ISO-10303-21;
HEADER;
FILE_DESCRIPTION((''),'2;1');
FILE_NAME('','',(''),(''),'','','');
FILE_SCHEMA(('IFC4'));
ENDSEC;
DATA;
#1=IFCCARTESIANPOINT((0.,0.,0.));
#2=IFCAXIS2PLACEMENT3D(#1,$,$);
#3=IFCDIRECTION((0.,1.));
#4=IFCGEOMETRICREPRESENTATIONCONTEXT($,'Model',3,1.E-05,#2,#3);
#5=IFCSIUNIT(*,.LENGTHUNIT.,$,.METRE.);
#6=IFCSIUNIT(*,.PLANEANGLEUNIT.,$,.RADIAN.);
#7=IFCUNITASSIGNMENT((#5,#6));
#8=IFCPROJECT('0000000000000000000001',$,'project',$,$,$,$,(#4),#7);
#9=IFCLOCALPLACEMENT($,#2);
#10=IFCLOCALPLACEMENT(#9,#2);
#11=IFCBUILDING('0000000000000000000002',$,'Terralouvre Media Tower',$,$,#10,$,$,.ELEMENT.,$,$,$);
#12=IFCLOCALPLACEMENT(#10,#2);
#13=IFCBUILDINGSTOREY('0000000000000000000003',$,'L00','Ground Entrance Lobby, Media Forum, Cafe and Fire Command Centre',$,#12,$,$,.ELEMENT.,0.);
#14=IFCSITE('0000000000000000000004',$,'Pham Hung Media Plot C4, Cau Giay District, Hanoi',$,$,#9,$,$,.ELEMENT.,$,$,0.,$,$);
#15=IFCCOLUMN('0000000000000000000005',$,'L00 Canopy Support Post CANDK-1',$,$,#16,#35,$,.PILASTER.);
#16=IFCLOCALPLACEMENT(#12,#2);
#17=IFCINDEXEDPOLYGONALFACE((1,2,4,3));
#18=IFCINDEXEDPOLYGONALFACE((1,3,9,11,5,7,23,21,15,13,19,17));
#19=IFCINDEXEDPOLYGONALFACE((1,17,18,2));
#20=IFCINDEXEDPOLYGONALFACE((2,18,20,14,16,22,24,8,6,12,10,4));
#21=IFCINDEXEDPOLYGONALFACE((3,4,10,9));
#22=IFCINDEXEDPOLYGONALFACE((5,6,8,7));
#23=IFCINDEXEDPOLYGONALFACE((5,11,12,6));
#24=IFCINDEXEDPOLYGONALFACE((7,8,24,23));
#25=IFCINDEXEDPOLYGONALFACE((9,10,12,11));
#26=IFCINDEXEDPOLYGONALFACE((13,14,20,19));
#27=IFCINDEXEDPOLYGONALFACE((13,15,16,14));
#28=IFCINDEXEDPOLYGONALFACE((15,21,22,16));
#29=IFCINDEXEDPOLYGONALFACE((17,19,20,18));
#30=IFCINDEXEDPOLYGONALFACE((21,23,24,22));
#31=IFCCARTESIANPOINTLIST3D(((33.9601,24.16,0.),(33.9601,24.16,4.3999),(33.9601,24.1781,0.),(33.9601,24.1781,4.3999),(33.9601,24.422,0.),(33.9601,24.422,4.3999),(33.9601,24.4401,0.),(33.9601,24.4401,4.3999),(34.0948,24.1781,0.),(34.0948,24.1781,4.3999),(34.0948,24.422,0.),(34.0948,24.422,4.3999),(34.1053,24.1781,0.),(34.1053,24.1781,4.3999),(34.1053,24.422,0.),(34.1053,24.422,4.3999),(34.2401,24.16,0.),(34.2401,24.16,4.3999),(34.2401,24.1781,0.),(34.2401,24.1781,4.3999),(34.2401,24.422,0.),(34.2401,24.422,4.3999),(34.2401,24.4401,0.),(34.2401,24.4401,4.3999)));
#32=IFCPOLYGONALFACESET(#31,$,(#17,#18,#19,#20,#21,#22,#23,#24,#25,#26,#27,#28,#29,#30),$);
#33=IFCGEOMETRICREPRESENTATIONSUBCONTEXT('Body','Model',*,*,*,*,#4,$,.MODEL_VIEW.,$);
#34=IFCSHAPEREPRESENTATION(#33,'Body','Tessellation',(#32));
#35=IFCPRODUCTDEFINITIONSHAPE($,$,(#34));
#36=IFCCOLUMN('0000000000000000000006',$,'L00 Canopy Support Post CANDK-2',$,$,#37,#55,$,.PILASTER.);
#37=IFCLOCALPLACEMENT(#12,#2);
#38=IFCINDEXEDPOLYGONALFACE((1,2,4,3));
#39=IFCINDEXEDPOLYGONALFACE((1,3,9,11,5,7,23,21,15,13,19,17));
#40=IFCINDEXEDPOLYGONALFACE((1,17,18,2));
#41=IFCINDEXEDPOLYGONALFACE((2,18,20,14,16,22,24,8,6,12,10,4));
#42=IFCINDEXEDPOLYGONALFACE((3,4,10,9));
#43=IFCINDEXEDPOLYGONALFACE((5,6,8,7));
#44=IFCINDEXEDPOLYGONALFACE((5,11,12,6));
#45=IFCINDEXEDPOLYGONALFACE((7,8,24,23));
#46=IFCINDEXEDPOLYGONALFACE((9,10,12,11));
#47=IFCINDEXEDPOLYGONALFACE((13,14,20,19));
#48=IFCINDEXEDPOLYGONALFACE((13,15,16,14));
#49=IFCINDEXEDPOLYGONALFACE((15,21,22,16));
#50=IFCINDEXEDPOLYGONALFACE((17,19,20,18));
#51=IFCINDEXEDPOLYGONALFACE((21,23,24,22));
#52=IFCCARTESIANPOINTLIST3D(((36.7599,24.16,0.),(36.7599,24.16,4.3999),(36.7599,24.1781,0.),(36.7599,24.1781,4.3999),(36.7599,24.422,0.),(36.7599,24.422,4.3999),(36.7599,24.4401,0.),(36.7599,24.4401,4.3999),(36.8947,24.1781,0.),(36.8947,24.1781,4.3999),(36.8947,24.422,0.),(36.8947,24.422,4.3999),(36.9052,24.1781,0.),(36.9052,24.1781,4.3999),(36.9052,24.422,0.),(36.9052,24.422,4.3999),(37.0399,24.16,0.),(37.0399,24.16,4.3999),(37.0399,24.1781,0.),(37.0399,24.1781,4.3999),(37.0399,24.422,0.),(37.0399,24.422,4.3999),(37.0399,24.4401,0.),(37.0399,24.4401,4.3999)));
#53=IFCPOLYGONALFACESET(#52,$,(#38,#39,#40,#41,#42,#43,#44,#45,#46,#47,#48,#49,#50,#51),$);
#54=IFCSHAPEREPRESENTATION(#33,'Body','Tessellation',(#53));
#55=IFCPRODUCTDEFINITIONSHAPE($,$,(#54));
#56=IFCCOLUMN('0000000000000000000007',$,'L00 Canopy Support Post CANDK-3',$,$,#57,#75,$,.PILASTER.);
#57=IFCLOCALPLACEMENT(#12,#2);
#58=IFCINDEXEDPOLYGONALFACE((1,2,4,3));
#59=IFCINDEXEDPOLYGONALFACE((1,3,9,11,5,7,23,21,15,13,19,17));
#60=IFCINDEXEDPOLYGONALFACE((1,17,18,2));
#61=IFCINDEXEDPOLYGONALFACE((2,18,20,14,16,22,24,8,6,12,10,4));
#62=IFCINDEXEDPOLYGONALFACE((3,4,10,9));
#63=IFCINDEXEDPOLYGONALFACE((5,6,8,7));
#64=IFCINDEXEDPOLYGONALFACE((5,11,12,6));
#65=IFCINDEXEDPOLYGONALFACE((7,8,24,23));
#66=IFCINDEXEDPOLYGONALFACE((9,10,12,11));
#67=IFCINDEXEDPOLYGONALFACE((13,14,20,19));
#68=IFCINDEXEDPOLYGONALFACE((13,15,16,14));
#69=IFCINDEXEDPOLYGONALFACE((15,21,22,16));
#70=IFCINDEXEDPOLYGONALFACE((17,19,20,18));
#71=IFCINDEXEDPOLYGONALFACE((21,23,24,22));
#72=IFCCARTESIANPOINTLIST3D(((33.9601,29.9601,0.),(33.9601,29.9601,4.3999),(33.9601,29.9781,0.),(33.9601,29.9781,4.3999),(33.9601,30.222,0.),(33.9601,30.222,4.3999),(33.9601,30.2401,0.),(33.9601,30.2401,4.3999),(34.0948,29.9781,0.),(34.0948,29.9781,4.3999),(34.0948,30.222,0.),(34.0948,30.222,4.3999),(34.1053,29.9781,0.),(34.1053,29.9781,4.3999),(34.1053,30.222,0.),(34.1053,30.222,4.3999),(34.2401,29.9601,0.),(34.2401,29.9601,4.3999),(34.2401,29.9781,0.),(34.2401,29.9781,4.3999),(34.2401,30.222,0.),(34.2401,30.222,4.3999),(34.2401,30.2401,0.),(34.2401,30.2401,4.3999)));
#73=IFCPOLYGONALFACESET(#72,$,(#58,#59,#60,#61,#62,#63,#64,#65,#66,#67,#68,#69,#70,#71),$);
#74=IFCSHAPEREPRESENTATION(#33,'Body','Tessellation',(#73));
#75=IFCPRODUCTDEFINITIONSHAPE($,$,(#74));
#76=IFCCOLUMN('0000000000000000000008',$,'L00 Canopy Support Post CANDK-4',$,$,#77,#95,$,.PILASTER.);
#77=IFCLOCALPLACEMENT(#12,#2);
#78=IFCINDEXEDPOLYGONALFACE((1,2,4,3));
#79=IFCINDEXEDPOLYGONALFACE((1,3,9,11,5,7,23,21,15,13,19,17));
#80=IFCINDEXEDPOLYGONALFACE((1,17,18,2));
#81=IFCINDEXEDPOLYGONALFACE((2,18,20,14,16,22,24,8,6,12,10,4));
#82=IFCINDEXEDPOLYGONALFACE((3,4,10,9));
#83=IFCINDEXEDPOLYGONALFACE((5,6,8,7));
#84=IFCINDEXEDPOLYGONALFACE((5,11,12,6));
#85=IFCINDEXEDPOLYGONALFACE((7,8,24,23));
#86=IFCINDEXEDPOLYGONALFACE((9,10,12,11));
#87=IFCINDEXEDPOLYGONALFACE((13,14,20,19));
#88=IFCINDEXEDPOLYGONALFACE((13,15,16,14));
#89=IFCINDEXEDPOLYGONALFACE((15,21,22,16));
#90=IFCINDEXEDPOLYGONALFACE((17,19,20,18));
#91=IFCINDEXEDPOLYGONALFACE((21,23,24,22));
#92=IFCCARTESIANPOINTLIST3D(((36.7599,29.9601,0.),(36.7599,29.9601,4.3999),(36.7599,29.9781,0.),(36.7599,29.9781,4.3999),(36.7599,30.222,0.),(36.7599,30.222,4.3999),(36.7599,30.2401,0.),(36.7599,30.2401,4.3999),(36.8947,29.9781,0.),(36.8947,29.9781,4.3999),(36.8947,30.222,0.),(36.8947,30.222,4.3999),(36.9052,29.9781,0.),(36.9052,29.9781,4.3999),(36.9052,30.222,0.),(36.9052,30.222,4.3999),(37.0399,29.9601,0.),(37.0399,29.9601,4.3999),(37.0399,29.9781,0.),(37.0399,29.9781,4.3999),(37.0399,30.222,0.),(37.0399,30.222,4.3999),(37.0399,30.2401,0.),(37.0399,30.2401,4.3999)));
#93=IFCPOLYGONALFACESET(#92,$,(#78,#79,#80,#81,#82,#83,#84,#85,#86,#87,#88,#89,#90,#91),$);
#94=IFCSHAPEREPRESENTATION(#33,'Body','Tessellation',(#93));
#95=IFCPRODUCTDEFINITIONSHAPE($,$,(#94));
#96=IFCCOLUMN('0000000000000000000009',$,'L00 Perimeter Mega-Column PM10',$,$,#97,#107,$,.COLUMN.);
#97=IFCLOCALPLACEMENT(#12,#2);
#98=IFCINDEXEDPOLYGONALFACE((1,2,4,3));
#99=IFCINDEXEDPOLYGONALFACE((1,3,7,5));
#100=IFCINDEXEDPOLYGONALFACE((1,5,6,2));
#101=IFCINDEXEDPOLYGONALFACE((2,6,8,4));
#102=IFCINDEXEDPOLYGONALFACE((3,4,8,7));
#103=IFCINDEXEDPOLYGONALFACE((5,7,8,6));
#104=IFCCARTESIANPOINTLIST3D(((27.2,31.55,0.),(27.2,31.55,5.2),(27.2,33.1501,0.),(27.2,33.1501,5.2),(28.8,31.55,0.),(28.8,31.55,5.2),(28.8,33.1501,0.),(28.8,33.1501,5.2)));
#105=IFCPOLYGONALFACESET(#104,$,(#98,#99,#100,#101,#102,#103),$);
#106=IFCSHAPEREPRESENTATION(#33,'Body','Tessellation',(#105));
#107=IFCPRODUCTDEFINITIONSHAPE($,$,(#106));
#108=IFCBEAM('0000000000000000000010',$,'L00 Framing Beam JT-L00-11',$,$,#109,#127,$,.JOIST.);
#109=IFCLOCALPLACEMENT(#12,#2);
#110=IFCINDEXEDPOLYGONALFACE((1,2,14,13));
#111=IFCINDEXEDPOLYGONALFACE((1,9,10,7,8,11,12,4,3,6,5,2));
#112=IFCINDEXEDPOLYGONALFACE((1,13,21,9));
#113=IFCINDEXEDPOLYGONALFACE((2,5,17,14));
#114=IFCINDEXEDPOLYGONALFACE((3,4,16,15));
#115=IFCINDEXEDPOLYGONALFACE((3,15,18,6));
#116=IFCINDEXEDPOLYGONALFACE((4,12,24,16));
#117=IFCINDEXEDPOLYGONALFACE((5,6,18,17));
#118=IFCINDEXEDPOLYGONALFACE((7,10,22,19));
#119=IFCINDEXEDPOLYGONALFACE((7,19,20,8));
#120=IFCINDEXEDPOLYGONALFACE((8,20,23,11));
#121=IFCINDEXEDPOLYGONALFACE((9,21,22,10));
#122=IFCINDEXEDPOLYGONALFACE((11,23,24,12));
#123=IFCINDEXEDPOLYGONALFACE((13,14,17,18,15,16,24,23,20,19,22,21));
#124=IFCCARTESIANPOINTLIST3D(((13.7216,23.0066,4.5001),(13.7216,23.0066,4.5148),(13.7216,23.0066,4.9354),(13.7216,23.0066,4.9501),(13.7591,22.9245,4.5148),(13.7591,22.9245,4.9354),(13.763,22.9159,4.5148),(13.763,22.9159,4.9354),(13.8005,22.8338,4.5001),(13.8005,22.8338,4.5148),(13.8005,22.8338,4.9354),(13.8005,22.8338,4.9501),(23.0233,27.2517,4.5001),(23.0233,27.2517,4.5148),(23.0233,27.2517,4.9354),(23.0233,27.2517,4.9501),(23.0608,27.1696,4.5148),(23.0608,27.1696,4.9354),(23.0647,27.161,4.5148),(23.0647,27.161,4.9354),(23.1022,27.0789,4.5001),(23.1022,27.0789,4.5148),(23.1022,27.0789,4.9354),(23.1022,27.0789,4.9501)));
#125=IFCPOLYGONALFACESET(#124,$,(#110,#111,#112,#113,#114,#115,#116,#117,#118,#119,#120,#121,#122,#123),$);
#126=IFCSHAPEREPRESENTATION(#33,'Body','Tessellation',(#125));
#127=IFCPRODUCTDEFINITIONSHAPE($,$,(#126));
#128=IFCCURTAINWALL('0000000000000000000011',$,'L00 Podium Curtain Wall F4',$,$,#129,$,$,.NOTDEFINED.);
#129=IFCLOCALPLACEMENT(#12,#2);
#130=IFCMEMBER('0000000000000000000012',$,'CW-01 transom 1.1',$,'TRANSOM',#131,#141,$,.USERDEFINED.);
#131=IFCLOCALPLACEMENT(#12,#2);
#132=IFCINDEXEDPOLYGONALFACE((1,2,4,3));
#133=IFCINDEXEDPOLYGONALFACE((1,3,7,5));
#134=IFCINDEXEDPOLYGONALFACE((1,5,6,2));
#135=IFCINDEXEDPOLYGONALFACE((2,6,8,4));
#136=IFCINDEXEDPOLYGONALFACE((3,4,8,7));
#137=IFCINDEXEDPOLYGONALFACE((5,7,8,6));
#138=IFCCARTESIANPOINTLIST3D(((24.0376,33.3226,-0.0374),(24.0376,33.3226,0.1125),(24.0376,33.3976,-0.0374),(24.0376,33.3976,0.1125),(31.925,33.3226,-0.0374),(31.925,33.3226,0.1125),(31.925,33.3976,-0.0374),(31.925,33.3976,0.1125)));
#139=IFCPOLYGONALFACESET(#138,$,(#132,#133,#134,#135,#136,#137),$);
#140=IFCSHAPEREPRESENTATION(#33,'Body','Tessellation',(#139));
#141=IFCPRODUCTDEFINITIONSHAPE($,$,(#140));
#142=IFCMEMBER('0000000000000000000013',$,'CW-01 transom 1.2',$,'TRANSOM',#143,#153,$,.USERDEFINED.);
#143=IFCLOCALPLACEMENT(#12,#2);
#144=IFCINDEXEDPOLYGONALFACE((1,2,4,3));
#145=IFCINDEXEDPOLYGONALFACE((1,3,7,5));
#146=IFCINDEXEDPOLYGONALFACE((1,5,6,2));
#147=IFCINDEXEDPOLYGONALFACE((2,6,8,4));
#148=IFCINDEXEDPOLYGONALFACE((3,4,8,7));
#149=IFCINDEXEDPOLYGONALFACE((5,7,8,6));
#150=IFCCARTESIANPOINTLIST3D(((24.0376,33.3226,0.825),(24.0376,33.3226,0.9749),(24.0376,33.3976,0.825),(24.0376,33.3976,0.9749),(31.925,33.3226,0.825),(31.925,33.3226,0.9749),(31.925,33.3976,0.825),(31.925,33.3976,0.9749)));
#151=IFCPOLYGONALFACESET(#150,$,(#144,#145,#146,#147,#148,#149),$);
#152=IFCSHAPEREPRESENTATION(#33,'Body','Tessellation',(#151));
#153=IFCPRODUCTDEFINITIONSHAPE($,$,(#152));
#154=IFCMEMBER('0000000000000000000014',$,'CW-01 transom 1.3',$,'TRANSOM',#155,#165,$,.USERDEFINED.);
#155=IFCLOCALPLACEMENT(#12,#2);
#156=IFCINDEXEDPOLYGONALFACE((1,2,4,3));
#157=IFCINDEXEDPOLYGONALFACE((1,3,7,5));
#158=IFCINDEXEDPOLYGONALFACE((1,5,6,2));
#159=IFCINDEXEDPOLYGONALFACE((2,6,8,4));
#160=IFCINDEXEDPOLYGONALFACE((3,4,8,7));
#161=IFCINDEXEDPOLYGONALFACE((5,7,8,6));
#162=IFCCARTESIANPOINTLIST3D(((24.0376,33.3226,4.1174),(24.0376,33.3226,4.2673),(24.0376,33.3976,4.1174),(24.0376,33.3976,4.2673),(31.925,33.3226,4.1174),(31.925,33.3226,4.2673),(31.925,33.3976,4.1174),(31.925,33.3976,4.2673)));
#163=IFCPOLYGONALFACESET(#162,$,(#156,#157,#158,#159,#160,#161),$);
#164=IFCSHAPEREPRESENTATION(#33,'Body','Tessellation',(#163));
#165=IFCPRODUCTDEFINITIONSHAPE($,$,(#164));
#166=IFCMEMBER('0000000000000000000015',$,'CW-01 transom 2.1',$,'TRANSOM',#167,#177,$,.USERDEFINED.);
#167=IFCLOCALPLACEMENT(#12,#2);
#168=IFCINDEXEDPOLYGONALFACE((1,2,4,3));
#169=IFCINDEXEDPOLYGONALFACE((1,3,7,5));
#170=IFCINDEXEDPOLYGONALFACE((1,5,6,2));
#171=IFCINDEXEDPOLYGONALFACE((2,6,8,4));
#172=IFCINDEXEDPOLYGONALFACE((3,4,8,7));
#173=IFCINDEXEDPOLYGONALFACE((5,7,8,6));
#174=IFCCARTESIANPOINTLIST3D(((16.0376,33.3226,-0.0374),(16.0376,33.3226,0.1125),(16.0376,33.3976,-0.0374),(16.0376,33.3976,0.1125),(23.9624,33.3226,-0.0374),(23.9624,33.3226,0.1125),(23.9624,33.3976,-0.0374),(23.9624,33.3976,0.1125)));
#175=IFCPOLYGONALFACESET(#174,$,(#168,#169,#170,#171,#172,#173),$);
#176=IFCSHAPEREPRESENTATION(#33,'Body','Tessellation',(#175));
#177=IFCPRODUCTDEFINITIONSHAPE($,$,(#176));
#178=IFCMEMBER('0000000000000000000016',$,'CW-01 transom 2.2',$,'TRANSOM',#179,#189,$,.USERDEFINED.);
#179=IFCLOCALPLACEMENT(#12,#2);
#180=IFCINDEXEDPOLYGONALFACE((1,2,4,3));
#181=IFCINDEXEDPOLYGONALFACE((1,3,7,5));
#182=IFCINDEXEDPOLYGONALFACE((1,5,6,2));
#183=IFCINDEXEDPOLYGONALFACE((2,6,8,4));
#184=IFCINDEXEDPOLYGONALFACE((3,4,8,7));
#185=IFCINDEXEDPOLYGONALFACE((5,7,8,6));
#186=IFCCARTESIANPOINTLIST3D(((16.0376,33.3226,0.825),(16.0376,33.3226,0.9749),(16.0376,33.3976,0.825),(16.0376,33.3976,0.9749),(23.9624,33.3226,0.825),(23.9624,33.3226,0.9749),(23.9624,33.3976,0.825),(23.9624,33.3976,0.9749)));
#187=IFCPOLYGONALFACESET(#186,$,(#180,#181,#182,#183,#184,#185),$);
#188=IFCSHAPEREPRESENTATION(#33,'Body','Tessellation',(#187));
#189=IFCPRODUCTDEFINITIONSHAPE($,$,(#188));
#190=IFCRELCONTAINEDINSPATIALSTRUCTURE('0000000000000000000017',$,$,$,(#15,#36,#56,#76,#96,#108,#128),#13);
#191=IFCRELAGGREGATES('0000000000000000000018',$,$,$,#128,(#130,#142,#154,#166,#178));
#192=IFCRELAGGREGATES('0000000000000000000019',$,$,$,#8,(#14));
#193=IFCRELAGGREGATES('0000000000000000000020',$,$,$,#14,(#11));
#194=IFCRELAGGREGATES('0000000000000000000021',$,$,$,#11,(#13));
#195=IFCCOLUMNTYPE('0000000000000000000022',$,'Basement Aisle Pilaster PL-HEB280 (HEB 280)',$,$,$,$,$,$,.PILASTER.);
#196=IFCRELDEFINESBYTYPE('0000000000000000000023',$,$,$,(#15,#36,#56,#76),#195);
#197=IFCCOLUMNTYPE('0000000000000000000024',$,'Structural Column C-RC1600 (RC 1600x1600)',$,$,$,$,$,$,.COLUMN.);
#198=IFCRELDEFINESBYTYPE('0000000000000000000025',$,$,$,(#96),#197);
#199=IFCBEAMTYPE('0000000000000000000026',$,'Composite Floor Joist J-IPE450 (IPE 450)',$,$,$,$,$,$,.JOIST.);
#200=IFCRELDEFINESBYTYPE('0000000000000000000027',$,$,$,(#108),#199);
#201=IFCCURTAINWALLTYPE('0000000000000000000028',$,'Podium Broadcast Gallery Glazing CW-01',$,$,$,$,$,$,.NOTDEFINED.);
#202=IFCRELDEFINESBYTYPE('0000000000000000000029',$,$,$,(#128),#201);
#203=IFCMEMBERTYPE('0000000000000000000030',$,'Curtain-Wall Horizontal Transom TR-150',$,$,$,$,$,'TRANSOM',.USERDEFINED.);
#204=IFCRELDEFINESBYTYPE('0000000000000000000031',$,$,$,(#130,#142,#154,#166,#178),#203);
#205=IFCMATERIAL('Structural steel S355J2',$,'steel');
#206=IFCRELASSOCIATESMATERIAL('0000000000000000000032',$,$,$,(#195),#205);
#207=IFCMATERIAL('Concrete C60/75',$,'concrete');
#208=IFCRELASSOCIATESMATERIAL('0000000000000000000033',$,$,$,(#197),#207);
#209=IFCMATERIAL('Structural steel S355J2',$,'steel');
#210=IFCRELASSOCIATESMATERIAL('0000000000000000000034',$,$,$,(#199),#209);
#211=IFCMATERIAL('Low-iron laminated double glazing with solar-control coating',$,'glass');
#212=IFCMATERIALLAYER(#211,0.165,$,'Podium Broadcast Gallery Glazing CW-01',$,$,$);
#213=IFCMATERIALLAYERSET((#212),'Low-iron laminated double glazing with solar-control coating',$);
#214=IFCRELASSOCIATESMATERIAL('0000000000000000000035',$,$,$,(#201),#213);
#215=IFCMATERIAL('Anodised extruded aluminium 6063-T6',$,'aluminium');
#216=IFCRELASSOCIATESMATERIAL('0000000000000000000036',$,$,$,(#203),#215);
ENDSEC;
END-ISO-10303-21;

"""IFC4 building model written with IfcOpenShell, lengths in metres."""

from ifc_helpers import new_model, si_unit, direction, frame, origin, origin_2d, place, context, subcontext, project, spatial, rectangle, i_section, extrude, material, layer, layer_set, material_profile, profile_set, type_object, element, aggregate, save


model = new_model("IFC4")

# Units and contexts
model_context = context("Model", 3, precision=1e-05, world=origin(), true_north=direction((0.0, 1.0)))
body_context = subcontext(model_context, "Body", "Model", "MODEL_VIEW")
ifc_project = project(units=[si_unit("LENGTHUNIT", "METRE"), si_unit("PLANEANGLEUNIT", "RADIAN")], contexts=[model_context])

# Site, building, storey
site_placement = place(None, origin())
site = spatial("IfcSite", under=ifc_project, at=site_placement, Name="Pham Hung Media Plot C4, Cau Giay District, Hanoi", CompositionType="ELEMENT", RefElevation=0.0)
building_placement = place(site_placement, origin())
building = spatial("IfcBuilding", under=site, at=building_placement, Name="Terralouvre Media Tower", CompositionType="ELEMENT")
storey_placement = place(building_placement, origin())
storey = spatial("IfcBuildingStorey", under=building, at=storey_placement, Name="L00", Description="Ground Entrance Lobby, Media Forum, Cafe and Fire Command Centre", CompositionType="ELEMENT", Elevation=0.0)

# Columns
ifc_material_1 = material(Name="Structural steel S355J2", Category="steel")
ifc_material_profile_1 = material_profile(ifc_material_1, i_section(OverallWidth=0.28, OverallDepth=0.28, WebThickness=0.0105, FlangeThickness=0.0181, at=origin_2d()), Name="HEB 280")
ifc_profile_set_1 = profile_set([ifc_material_profile_1], Name="Structural steel S355J2")
column_type_1 = type_object("IfcColumnType", Name="Basement Aisle Pilaster PL-HEB280 (HEB 280)", PredefinedType="PILASTER", material=ifc_profile_set_1)
for number, where, z_axis, x_axis, name in (
    (1, (34.1001, 24.3, 0.0), (0.0, 0.0, 1.0), (1.0, 0.0, 0.0), "L00 Canopy Support Post CANDK-1"),
    (2, (36.8999, 24.3, 0.0), (0.0, 0.0, 1.0), (1.0, 0.0, 0.0), "L00 Canopy Support Post CANDK-2"),
    (3, (34.1001, 30.1001, 0.0), (0.0, 0.0, 1.0), (1.0, 0.0, 0.0), "L00 Canopy Support Post CANDK-3"),
    (4, (36.8999, 30.1001, 0.0), (0.0, 0.0, 1.0), (1.0, 0.0, 0.0), "L00 Canopy Support Post CANDK-4"),
):
    element("IfcColumn", number, at=place(storey_placement, frame(where, z_axis=z_axis, x_axis=x_axis)), inside=storey, type_object=column_type_1, Name=name, PredefinedType="PILASTER", context=body_context, shape_type="SweptSolid", body=[
        extrude(i_section(OverallWidth=0.28, OverallDepth=0.28, WebThickness=0.0105, FlangeThickness=0.0181, at=origin_2d()), origin(), (0.0, 0.0, 1.0), 4.3999),
    ])
ifc_material_2 = material(Name="Concrete C60/75", Category="concrete")
ifc_material_profile_2 = material_profile(ifc_material_2, rectangle(XDim=1.6001, YDim=1.6001, at=origin_2d()), Name="RC 1600x1600")
ifc_profile_set_2 = profile_set([ifc_material_profile_2], Name="Concrete C60/75")
column_type_2 = type_object("IfcColumnType", Name="Structural Column C-RC1600 (RC 1600x1600)", PredefinedType="COLUMN", material=ifc_profile_set_2)
column_placement = place(storey_placement, frame((28.0, 32.3501, 0.0), z_axis=(0.0, 0.0, 1.0), x_axis=(1.0, 0.0, 0.0)))
element("IfcColumn", 5, at=column_placement, inside=storey, type_object=column_type_2, Name="L00 Perimeter Mega-Column PM10", PredefinedType="COLUMN", context=body_context, shape_type="SweptSolid", body=[
    extrude(rectangle(XDim=1.6001, YDim=1.6001, at=origin_2d()), origin(), (0.0, 0.0, 1.0), 5.2),
])

# Beam
ifc_material_3 = material(Name="Structural steel S355J2", Category="steel")
ifc_material_profile_3 = material_profile(ifc_material_3, i_section(OverallWidth=0.1899, OverallDepth=0.45, WebThickness=0.0095, FlangeThickness=0.0146, at=origin_2d()), Name="IPE 450")
ifc_profile_set_3 = profile_set([ifc_material_profile_3], Name="Structural steel S355J2")
beam_type_1 = type_object("IfcBeamType", Name="Composite Floor Joist J-IPE450 (IPE 450)", PredefinedType="JOIST", material=ifc_profile_set_3)
beam_1_placement = place(storey_placement, frame((23.0627, 27.1653, 4.7251), z_axis=(-0.909737, -0.415184, 0.0), x_axis=(0.415184, -0.909737, 0.0)))
element("IfcBeam", 6, at=beam_1_placement, inside=storey, type_object=beam_type_1, Name="L00 Framing Beam JT-L00-11", PredefinedType="JOIST", context=body_context, shape_type="SweptSolid", body=[
    extrude(i_section(OverallWidth=0.1899, OverallDepth=0.45, WebThickness=0.0095, FlangeThickness=0.0146, at=origin_2d()), origin(), (0.0, 0.0, 1.0), 10.2246),
])

# Curtain wall, members
ifc_material_4 = material(Name="Low-iron laminated double glazing with solar-control coating", Category="glass")
ifc_layer_1 = layer(ifc_material_4, 0.165, Name="Podium Broadcast Gallery Glazing CW-01")
ifc_layer_set_1 = layer_set([ifc_layer_1], Name="Low-iron laminated double glazing with solar-control coating")
curtain_wall_type = type_object("IfcCurtainWallType", Name="Podium Broadcast Gallery Glazing CW-01", PredefinedType="NOTDEFINED", material=ifc_layer_set_1)
curtain_wall_placement = place(storey_placement, origin())
curtain_wall = element("IfcCurtainWall", 7, at=curtain_wall_placement, inside=storey, type_object=curtain_wall_type, Name="L00 Podium Curtain Wall F4", PredefinedType="NOTDEFINED")
ifc_material_5 = material(Name="Anodised extruded aluminium 6063-T6", Category="aluminium")
ifc_material_profile_4 = material_profile(ifc_material_5, rectangle(XDim=0.075, YDim=0.1499, at=origin_2d()), Name="ALU 75x150")
ifc_profile_set_4 = profile_set([ifc_material_profile_4], Name="Anodised extruded aluminium 6063-T6")
member_type_1 = type_object("IfcMemberType", Name="Curtain-Wall Horizontal Transom TR-150", ElementType="TRANSOM", PredefinedType="USERDEFINED", material=ifc_profile_set_4)
member_1_placement = place(storey_placement, frame((31.925, 33.3601, 0.0376), z_axis=(-1.0, 0.0, 0.0), x_axis=(0.0, -1.0, 0.0)))
member_1 = element("IfcMember", 8, at=member_1_placement, type_object=member_type_1, Name="CW-01 transom 1.1", ObjectType="TRANSOM", PredefinedType="USERDEFINED", context=body_context, shape_type="SweptSolid", body=[
    extrude(rectangle(XDim=0.075, YDim=0.1499, at=origin_2d()), origin(), (0.0, 0.0, 1.0), 7.8875),
])
member_2_placement = place(storey_placement, frame((31.925, 33.3601, 0.8999), z_axis=(-1.0, 0.0, 0.0), x_axis=(0.0, -1.0, 0.0)))
member_2 = element("IfcMember", 9, at=member_2_placement, type_object=member_type_1, Name="CW-01 transom 1.2", ObjectType="TRANSOM", PredefinedType="USERDEFINED", context=body_context, shape_type="SweptSolid", body=[
    extrude(rectangle(XDim=0.075, YDim=0.1499, at=origin_2d()), origin(), (0.0, 0.0, 1.0), 7.8875),
])
member_3_placement = place(storey_placement, frame((31.925, 33.3601, 4.1924), z_axis=(-1.0, 0.0, 0.0), x_axis=(0.0, -1.0, 0.0)))
member_3 = element("IfcMember", 10, at=member_3_placement, type_object=member_type_1, Name="CW-01 transom 1.3", ObjectType="TRANSOM", PredefinedType="USERDEFINED", context=body_context, shape_type="SweptSolid", body=[
    extrude(rectangle(XDim=0.075, YDim=0.1499, at=origin_2d()), origin(), (0.0, 0.0, 1.0), 7.8875),
])
member_4_placement = place(storey_placement, frame((23.9624, 33.3601, 0.0376), z_axis=(-1.0, 0.0, 0.0), x_axis=(0.0, -1.0, 0.0)))
member_4 = element("IfcMember", 11, at=member_4_placement, type_object=member_type_1, Name="CW-01 transom 2.1", ObjectType="TRANSOM", PredefinedType="USERDEFINED", context=body_context, shape_type="SweptSolid", body=[
    extrude(rectangle(XDim=0.075, YDim=0.1499, at=origin_2d()), origin(), (0.0, 0.0, 1.0), 7.9248),
])
member_5_placement = place(storey_placement, frame((23.9624, 33.3601, 0.8999), z_axis=(-1.0, 0.0, 0.0), x_axis=(0.0, -1.0, 0.0)))
member_5 = element("IfcMember", 12, at=member_5_placement, type_object=member_type_1, Name="CW-01 transom 2.2", ObjectType="TRANSOM", PredefinedType="USERDEFINED", context=body_context, shape_type="SweptSolid", body=[
    extrude(rectangle(XDim=0.075, YDim=0.1499, at=origin_2d()), origin(), (0.0, 0.0, 1.0), 7.9248),
])

aggregate(curtain_wall, [member_1, member_2, member_3, member_4, member_5])

save(model, "model.ifc")
